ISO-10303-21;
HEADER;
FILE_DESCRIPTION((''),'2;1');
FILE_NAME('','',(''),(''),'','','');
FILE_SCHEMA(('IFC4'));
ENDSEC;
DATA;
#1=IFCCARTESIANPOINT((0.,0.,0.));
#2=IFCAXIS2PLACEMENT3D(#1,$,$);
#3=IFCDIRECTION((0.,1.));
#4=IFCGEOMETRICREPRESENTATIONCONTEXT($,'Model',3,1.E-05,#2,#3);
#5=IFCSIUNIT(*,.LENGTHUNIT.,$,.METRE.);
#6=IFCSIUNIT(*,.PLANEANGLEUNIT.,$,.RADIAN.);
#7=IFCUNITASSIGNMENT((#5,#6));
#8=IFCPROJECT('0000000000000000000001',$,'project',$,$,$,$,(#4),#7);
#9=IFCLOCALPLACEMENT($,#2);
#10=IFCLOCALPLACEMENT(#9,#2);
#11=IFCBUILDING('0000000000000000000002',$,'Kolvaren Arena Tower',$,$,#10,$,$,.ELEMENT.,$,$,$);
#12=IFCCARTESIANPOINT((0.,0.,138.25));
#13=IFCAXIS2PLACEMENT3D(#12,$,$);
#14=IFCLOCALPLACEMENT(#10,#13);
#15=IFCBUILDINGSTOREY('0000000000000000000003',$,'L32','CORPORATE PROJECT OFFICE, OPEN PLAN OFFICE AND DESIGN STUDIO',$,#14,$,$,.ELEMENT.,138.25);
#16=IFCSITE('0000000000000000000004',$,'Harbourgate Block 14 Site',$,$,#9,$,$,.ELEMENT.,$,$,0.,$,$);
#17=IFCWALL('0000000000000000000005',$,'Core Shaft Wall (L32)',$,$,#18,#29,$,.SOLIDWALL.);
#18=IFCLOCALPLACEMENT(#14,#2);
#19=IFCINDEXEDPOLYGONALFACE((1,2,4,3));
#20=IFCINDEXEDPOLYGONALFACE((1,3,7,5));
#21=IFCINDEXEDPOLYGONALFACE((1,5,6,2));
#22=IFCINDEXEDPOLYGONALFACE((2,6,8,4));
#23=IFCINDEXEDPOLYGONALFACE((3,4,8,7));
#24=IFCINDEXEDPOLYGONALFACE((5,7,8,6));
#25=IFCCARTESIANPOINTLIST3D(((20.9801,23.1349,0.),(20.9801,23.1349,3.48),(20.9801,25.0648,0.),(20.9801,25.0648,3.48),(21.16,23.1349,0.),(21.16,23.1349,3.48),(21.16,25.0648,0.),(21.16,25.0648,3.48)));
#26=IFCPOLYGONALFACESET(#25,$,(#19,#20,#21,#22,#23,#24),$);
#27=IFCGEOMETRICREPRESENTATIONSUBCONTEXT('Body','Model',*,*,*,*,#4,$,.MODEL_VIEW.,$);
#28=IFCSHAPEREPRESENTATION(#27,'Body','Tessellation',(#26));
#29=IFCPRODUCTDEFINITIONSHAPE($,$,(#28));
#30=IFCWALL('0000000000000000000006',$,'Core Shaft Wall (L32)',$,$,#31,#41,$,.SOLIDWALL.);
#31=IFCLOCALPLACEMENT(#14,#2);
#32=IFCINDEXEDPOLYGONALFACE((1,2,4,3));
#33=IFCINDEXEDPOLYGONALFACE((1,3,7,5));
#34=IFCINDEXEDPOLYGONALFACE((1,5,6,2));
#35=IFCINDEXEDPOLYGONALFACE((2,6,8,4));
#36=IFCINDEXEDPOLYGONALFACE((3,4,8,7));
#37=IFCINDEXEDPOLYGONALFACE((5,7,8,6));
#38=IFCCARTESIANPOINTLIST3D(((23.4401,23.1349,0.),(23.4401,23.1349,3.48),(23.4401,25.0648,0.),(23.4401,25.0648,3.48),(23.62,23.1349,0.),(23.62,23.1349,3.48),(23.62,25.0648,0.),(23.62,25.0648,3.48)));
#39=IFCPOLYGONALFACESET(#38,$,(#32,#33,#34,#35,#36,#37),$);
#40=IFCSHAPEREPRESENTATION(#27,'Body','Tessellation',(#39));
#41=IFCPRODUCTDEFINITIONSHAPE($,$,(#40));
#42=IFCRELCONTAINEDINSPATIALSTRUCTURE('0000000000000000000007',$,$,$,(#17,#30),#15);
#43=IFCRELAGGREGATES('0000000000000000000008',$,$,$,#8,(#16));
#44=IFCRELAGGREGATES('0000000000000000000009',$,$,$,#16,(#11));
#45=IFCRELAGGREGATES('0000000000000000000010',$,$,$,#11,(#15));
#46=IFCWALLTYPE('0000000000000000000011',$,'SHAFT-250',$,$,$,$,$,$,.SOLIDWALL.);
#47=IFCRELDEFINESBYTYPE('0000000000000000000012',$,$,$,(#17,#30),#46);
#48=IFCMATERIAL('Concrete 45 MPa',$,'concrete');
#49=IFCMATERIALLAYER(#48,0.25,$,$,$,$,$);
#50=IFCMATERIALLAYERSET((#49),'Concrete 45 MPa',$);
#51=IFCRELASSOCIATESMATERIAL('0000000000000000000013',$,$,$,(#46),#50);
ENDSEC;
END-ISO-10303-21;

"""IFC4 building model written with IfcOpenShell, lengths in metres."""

from ifc_helpers import new_model, si_unit, direction, frame, frame_2d, origin, place, context, subcontext, project, spatial, rectangle, extrude, material, layer, layer_set, type_object, element, save


model = new_model("IFC4")

# Units and contexts
model_context = context("Model", 3, precision=1e-05, world=origin(), true_north=direction((0.0, 1.0)))
body_context = subcontext(model_context, "Body", "Model", "MODEL_VIEW")
ifc_project = project(units=[si_unit("LENGTHUNIT", "METRE"), si_unit("PLANEANGLEUNIT", "RADIAN")], contexts=[model_context])

# Site, building, storey
site_placement = place(None, origin())
site = spatial("IfcSite", under=ifc_project, at=site_placement, Name="Harbourgate Block 14 Site", CompositionType="ELEMENT", RefElevation=0.0)
building_placement = place(site_placement, origin())
building = spatial("IfcBuilding", under=site, at=building_placement, Name="Kolvaren Arena Tower", CompositionType="ELEMENT")
storey_placement = place(building_placement, frame((0.0, 0.0, 138.25)))
storey = spatial("IfcBuildingStorey", under=building, at=storey_placement, Name="L32", Description="CORPORATE PROJECT OFFICE, OPEN PLAN OFFICE AND DESIGN STUDIO", CompositionType="ELEMENT", Elevation=138.25)

# Shared definitions
ifc_material_1 = material(Name="Concrete 45 MPa", Category="concrete")
ifc_layer_1 = layer(ifc_material_1, 0.25)
ifc_layer_set_1 = layer_set([ifc_layer_1], Name="Concrete 45 MPa")
wall_type_1 = type_object("IfcWallType", Name="SHAFT-250", PredefinedType="SOLIDWALL", material=ifc_layer_set_1)

# Walls
for number, where, z_axis, x_axis, name in (
    (1, (21.0701, 23.135, 0.0), (0.0, 0.0, 1.0), (0.0, 1.0, 0.0), "Core Shaft Wall (L32)"),
    (2, (23.53, 23.135, 0.0), (0.0, 0.0, 1.0), (0.0, 1.0, 0.0), "Core Shaft Wall (L32)"),
):
    element("IfcWall", number, at=place(storey_placement, frame(where, z_axis=z_axis, x_axis=x_axis)), inside=storey, type_object=wall_type_1, Name=name, PredefinedType="SOLIDWALL", context=body_context, shape_type="SweptSolid", body=[
        extrude(rectangle(XDim=1.9299, YDim=0.1799, at=frame_2d((0.9648, 0.0))), origin(), (0.0, 0.0, 1.0), 3.48),
    ])

save(model, "model.ifc")
